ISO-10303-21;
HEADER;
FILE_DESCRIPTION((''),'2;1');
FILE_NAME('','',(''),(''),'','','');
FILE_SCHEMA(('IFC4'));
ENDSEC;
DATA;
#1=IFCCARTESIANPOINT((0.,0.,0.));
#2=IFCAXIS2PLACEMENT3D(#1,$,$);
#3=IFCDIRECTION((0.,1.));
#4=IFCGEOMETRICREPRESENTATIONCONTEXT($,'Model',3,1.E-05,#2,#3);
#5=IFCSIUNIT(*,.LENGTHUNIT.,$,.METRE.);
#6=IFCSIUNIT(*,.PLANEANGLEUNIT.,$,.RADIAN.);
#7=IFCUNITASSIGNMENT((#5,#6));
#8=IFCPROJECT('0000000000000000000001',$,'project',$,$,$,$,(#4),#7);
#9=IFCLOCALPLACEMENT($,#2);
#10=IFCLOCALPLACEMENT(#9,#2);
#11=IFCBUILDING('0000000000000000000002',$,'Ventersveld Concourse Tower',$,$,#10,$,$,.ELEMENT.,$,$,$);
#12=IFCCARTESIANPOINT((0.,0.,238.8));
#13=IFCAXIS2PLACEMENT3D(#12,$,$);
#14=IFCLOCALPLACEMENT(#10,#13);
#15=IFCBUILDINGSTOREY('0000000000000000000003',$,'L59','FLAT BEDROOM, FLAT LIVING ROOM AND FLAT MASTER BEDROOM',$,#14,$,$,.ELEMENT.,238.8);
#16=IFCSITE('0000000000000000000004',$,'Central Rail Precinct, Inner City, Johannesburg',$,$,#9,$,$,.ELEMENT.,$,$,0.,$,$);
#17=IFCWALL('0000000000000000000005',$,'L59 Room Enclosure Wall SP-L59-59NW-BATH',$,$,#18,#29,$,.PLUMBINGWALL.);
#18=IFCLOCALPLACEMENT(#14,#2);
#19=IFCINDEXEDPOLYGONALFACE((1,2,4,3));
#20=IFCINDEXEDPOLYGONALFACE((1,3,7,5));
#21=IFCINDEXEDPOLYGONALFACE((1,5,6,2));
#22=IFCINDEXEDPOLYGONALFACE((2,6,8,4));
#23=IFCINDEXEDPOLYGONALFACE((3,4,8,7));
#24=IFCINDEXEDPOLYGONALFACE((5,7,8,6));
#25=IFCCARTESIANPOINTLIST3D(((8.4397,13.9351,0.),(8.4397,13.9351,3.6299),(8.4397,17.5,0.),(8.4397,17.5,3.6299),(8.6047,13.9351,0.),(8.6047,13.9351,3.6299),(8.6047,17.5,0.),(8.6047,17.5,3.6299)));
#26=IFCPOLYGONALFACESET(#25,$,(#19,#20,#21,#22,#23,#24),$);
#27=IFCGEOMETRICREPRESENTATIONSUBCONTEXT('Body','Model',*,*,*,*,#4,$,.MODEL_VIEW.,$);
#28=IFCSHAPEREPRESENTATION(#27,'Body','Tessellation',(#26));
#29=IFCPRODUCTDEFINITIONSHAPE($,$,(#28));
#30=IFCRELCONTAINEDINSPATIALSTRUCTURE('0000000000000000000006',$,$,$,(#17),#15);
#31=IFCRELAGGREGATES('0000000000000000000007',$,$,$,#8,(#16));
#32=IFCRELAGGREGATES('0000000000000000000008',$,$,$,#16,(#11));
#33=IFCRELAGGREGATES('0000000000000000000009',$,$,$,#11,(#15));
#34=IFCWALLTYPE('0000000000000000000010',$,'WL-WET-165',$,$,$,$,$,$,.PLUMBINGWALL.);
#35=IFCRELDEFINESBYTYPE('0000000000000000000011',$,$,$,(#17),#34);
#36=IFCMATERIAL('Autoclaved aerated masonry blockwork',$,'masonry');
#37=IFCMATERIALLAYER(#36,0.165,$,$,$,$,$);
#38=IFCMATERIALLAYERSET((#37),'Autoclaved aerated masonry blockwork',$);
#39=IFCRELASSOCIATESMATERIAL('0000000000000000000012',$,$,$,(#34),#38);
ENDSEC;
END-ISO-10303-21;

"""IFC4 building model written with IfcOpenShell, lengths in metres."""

from ifc_helpers import new_model, si_unit, direction, frame, frame_2d, origin, place, context, subcontext, project, spatial, rectangle, extrude, material, layer, layer_set, type_object, element, save


model = new_model("IFC4")

# Units and contexts
model_context = context("Model", 3, precision=1e-05, world=origin(), true_north=direction((0.0, 1.0)))
body_context = subcontext(model_context, "Body", "Model", "MODEL_VIEW")
ifc_project = project(units=[si_unit("LENGTHUNIT", "METRE"), si_unit("PLANEANGLEUNIT", "RADIAN")], contexts=[model_context])

# Site, building, storey
site_placement = place(None, origin())
site = spatial("IfcSite", under=ifc_project, at=site_placement, Name="Central Rail Precinct, Inner City, Johannesburg", CompositionType="ELEMENT", RefElevation=0.0)
building_placement = place(site_placement, origin())
building = spatial("IfcBuilding", under=site, at=building_placement, Name="Ventersveld Concourse Tower", CompositionType="ELEMENT")
storey_placement = place(building_placement, frame((0.0, 0.0, 238.8)))
storey = spatial("IfcBuildingStorey", under=building, at=storey_placement, Name="L59", Description="FLAT BEDROOM, FLAT LIVING ROOM AND FLAT MASTER BEDROOM", CompositionType="ELEMENT", Elevation=238.8)

# Shared definitions
ifc_material_1 = material(Name="Autoclaved aerated masonry blockwork", Category="masonry")

# Shared definitions
ifc_layer_1 = layer(ifc_material_1, 0.165)
ifc_layer_set_1 = layer_set([ifc_layer_1], Name="Autoclaved aerated masonry blockwork")
wall_type_1 = type_object("IfcWallType", Name="WL-WET-165", PredefinedType="PLUMBINGWALL", material=ifc_layer_set_1)

# Wall
wall_1_placement = place(storey_placement, frame((8.5222, 13.9351, 0.0), z_axis=(0.0, 0.0, 1.0), x_axis=(0.0, 1.0, 0.0)))
element("IfcWall", 1, at=wall_1_placement, inside=storey, type_object=wall_type_1, Name="L59 Room Enclosure Wall SP-L59-59NW-BATH", PredefinedType="PLUMBINGWALL", context=body_context, shape_type="SweptSolid", body=[
    extrude(rectangle(XDim=3.5649, YDim=0.165, at=frame_2d((1.7825, 0.0))), origin(), (0.0, 0.0, 1.0), 3.6299),
])

save(model, "model.ifc")
